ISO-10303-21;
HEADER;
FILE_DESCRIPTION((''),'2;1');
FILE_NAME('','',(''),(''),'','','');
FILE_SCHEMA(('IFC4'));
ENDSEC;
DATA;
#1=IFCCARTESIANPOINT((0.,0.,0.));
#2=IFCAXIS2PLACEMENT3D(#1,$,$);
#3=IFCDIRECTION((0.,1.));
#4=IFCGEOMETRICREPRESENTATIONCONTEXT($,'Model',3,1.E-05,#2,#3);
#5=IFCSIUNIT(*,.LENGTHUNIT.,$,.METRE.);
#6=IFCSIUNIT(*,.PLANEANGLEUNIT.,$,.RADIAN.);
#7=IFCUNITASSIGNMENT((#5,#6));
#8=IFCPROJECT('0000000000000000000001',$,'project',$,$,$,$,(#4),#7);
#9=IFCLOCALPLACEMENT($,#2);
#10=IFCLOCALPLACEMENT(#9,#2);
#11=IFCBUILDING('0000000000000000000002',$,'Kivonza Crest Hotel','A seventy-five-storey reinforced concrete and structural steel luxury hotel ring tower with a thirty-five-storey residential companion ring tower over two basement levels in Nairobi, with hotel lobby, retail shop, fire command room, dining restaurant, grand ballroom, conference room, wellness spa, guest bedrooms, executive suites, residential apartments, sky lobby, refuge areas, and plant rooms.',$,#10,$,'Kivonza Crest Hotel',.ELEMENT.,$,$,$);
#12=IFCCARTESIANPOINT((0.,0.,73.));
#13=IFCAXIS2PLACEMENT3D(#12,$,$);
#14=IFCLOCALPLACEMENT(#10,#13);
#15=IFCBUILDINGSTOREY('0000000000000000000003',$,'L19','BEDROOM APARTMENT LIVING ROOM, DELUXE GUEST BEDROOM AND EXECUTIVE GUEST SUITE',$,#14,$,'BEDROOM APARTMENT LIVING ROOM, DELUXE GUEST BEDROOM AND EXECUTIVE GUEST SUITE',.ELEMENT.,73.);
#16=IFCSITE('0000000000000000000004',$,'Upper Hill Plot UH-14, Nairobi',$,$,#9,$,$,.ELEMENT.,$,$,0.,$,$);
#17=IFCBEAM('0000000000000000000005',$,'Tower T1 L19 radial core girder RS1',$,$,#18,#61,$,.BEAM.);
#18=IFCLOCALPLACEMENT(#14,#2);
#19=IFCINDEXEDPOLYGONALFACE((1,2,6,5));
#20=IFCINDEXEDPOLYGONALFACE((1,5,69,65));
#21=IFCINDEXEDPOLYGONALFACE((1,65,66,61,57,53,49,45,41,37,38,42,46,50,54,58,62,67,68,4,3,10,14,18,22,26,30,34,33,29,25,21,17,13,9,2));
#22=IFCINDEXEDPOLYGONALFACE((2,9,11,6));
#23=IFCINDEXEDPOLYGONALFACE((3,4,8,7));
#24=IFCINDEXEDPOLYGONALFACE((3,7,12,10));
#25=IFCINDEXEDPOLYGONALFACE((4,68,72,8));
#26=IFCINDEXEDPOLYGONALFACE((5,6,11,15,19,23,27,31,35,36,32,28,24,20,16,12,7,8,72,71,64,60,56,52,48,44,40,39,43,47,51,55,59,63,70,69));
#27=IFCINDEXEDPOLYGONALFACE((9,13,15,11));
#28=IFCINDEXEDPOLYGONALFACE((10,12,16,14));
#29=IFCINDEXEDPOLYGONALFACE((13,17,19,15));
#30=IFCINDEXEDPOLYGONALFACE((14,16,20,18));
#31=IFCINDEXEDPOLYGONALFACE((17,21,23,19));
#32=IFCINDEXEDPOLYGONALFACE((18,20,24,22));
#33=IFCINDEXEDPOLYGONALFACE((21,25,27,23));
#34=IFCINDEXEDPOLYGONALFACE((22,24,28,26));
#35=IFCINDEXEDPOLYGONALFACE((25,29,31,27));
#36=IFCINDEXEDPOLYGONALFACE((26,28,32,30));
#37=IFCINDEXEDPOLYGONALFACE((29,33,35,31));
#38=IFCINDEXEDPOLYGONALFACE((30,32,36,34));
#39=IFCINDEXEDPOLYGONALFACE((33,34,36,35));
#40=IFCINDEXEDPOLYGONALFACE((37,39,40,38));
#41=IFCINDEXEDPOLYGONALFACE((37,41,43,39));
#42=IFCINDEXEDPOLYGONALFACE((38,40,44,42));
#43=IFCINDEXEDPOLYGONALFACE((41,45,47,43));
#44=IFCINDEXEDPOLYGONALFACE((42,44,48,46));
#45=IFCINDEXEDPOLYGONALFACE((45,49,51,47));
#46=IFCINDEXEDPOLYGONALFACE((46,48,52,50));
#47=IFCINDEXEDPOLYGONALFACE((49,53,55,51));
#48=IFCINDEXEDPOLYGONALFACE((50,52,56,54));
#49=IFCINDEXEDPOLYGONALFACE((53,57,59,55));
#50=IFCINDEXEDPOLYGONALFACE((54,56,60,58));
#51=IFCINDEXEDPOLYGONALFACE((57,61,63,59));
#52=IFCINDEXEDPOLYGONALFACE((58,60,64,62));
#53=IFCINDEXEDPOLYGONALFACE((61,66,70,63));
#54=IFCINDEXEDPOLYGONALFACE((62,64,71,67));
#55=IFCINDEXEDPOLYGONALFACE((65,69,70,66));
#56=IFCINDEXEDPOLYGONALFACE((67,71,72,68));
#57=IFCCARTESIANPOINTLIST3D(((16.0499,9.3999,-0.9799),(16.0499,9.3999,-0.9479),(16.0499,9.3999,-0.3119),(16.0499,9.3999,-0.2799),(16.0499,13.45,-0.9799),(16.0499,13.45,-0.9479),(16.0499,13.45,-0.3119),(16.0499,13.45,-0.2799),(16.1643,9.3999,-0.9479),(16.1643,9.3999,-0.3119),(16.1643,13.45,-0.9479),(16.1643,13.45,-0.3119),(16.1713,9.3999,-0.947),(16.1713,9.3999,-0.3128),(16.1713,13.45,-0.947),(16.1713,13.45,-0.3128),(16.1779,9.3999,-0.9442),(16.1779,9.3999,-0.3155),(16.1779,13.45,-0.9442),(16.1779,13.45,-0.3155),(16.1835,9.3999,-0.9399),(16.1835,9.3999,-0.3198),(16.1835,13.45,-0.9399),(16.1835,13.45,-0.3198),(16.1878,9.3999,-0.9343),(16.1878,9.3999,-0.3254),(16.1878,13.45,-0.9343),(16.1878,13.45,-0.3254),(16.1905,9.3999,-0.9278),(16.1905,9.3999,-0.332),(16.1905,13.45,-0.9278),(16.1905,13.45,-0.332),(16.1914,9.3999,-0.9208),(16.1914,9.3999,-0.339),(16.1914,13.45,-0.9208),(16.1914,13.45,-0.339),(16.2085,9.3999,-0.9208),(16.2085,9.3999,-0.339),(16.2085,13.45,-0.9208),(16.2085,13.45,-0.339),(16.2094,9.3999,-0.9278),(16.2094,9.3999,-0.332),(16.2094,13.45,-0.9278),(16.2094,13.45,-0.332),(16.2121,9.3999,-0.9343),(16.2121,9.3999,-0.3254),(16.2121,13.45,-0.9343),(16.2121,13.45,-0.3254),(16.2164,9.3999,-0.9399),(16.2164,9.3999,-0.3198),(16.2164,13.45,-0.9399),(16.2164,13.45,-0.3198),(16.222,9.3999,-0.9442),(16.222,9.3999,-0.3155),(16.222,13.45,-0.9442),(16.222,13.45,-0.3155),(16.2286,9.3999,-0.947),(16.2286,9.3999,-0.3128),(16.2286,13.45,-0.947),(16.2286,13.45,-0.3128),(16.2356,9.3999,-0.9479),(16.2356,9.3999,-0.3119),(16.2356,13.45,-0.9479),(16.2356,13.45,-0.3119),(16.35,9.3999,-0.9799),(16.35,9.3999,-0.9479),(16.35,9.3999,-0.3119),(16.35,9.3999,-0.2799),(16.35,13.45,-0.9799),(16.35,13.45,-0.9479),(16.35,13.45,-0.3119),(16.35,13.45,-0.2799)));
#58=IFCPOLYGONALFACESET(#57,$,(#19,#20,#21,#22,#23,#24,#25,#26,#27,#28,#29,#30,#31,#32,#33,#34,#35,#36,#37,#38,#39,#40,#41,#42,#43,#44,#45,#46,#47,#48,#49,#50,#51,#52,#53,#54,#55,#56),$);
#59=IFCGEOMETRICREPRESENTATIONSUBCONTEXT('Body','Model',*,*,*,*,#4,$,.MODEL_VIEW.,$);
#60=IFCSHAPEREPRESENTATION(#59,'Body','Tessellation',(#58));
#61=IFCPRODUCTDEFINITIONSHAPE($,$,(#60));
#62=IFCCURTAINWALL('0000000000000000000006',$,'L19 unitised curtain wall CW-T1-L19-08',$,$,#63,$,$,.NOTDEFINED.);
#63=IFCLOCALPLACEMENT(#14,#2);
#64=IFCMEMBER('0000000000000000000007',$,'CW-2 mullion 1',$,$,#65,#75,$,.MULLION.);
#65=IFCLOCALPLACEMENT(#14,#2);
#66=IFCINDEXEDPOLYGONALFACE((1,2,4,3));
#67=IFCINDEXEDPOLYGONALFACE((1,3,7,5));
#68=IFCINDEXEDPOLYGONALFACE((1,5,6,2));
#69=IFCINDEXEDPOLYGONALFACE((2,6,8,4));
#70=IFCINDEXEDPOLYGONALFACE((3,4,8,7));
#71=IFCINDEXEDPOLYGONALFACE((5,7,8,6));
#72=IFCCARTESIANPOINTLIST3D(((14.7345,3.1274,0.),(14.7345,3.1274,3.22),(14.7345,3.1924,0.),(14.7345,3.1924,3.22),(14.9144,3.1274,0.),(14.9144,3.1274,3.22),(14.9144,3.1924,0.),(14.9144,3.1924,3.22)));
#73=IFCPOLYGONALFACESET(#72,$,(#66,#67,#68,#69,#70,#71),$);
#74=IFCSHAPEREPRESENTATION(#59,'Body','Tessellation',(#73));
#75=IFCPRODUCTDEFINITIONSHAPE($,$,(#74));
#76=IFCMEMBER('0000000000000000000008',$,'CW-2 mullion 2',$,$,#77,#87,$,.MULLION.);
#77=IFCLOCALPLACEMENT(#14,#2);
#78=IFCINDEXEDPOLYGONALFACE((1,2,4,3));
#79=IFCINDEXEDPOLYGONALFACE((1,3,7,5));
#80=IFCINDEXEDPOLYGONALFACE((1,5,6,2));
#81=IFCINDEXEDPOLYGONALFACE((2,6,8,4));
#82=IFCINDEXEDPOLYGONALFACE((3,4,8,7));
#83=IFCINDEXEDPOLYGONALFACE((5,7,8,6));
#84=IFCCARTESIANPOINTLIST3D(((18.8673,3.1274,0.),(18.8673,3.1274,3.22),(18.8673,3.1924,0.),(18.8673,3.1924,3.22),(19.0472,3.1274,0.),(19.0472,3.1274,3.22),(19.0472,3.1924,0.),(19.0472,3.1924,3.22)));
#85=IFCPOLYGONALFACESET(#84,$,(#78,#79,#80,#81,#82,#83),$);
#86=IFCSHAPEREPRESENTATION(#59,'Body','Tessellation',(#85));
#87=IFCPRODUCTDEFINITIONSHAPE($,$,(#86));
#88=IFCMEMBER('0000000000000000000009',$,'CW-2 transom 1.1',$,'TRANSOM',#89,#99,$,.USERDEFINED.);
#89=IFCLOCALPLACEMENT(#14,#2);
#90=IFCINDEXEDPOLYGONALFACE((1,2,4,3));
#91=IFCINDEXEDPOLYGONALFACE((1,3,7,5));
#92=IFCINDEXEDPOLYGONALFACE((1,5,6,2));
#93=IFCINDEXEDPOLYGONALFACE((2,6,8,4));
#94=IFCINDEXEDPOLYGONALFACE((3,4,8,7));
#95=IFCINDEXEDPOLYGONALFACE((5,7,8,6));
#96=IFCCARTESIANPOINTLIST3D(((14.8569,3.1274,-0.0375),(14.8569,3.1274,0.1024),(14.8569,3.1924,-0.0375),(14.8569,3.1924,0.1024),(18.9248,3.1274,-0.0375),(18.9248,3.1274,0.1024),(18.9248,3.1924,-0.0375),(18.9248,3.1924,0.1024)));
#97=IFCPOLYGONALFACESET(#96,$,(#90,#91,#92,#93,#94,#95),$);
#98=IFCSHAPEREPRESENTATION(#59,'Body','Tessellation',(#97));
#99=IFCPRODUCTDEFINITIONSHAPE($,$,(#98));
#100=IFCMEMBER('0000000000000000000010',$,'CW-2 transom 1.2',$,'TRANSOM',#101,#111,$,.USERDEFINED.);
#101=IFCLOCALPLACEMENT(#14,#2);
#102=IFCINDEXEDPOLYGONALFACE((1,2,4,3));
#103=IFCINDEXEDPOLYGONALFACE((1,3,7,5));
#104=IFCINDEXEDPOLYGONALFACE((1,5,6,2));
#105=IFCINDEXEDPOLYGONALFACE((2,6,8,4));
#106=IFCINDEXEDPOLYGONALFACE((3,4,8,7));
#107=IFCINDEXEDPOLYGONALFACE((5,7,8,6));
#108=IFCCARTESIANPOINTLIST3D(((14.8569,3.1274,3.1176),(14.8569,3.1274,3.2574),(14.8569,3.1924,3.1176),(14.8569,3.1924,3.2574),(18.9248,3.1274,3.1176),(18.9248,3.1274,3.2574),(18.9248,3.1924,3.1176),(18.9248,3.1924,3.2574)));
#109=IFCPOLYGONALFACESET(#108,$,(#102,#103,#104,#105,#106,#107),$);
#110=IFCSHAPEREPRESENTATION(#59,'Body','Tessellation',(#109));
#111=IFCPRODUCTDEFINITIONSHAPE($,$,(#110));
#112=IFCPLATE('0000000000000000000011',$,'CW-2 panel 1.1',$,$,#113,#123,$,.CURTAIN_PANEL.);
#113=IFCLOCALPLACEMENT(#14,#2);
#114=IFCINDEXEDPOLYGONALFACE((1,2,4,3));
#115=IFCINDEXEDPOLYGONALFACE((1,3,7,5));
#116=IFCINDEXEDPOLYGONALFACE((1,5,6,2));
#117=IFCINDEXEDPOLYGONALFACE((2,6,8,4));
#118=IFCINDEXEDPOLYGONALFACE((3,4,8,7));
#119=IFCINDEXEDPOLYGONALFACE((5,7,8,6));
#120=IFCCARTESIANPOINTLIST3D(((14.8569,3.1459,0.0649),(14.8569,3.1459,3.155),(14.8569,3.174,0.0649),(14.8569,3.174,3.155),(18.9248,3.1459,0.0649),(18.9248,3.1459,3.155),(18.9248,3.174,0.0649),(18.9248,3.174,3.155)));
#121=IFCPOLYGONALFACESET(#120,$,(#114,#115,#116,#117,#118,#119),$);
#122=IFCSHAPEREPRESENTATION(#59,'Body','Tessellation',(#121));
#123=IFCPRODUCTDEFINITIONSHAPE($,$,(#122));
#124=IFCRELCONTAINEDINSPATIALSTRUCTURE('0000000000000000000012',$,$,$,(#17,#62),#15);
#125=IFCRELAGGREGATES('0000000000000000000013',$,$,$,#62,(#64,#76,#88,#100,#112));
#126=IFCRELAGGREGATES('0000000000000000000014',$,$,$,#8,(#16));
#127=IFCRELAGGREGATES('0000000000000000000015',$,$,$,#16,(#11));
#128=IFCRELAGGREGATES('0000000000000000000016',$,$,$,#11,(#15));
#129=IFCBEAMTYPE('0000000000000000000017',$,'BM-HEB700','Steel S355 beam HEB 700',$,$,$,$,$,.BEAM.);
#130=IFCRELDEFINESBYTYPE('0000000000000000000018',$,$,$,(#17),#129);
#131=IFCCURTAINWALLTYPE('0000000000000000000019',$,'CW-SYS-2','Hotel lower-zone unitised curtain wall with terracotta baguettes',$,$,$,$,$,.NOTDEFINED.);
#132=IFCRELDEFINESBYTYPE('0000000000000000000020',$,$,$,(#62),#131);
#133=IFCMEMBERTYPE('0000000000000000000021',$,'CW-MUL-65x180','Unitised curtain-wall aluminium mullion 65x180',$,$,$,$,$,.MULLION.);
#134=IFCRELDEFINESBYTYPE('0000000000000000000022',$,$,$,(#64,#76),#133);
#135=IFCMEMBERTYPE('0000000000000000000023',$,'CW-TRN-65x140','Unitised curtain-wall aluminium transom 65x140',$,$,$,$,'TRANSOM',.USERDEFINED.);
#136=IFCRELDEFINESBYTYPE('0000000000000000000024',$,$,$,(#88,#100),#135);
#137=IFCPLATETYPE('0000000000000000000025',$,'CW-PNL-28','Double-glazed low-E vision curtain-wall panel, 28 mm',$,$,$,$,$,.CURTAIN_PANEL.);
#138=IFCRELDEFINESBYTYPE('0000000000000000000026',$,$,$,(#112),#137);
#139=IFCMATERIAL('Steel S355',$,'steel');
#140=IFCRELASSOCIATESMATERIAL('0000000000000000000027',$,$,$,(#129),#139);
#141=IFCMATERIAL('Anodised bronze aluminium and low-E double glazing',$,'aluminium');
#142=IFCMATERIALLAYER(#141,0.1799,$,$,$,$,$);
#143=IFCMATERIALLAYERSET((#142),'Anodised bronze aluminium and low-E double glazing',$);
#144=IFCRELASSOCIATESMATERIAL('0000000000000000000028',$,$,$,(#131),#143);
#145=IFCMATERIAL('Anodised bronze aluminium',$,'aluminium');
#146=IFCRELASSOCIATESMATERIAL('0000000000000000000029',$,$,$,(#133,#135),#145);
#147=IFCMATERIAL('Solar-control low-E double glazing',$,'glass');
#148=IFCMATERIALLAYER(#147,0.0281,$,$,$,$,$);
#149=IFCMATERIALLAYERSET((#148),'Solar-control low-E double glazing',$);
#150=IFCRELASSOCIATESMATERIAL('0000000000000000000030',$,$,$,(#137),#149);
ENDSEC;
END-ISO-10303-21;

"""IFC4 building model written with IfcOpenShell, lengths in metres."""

from ifc_helpers import new_model, si_unit, direction, frame, origin, origin_2d, place, context, subcontext, project, spatial, rectangle, i_section, extrude, material, layer, layer_set, material_profile, profile_set, type_object, element, aggregate, save


model = new_model("IFC4")

# Units and contexts
model_context = context("Model", 3, precision=1e-05, world=origin(), true_north=direction((0.0, 1.0)))
body_context = subcontext(model_context, "Body", "Model", "MODEL_VIEW")
ifc_project = project(units=[si_unit("LENGTHUNIT", "METRE"), si_unit("PLANEANGLEUNIT", "RADIAN")], contexts=[model_context])

# Site, building, storey
site_placement = place(None, origin())
site = spatial("IfcSite", under=ifc_project, at=site_placement, Name="Upper Hill Plot UH-14, Nairobi", CompositionType="ELEMENT", RefElevation=0.0)
building_placement = place(site_placement, origin())
building = spatial("IfcBuilding", under=site, at=building_placement, Name="Kivonza Crest Hotel", Description="A seventy-five-storey reinforced concrete and structural steel luxury hotel ring tower with a thirty-five-storey residential companion ring tower over two basement levels in Nairobi, with hotel lobby, retail shop, fire command room, dining restaurant, grand ballroom, conference room, wellness spa, guest bedrooms, executive suites, residential apartments, sky lobby, refuge areas, and plant rooms.", LongName="Kivonza Crest Hotel", CompositionType="ELEMENT")
storey_placement = place(building_placement, frame((0.0, 0.0, 73.0)))
storey = spatial("IfcBuildingStorey", under=building, at=storey_placement, Name="L19", Description="BEDROOM APARTMENT LIVING ROOM, DELUXE GUEST BEDROOM AND EXECUTIVE GUEST SUITE", LongName="BEDROOM APARTMENT LIVING ROOM, DELUXE GUEST BEDROOM AND EXECUTIVE GUEST SUITE", CompositionType="ELEMENT", Elevation=73.0)

# Beam
ifc_material_1 = material(Name="Steel S355", Category="steel")
ifc_material_profile_1 = material_profile(ifc_material_1, i_section(OverallWidth=0.3, OverallDepth=0.7, WebThickness=0.0171, FlangeThickness=0.032, FilletRadius=0.0271, at=origin_2d()), Name="HEB 700")
ifc_profile_set_1 = profile_set([ifc_material_profile_1], Name="Steel S355")
beam_type_1 = type_object("IfcBeamType", Name="BM-HEB700", Description="Steel S355 beam HEB 700", PredefinedType="BEAM", material=ifc_profile_set_1)
beam_1_placement = place(storey_placement, frame((16.2, 9.3999, -0.6299), z_axis=(0.0, 1.0, 0.0), x_axis=(-1.0, 0.0, 0.0)))
element("IfcBeam", 1, at=beam_1_placement, inside=storey, type_object=beam_type_1, Name="Tower T1 L19 radial core girder RS1", PredefinedType="BEAM", context=body_context, shape_type="SweptSolid", body=[
    extrude(i_section(OverallWidth=0.3, OverallDepth=0.7, WebThickness=0.0171, FlangeThickness=0.032, FilletRadius=0.0271, at=origin_2d()), origin(), (0.0, 0.0, 1.0), 4.05),
])

# Curtain wall, members, plate
ifc_material_2 = material(Name="Anodised bronze aluminium and low-E double glazing", Category="aluminium")
ifc_layer_1 = layer(ifc_material_2, 0.1799)
ifc_layer_set_1 = layer_set([ifc_layer_1], Name="Anodised bronze aluminium and low-E double glazing")
curtain_wall_type = type_object("IfcCurtainWallType", Name="CW-SYS-2", Description="Hotel lower-zone unitised curtain wall with terracotta baguettes", PredefinedType="NOTDEFINED", material=ifc_layer_set_1)
curtain_wall_placement = place(storey_placement, origin())
curtain_wall = element("IfcCurtainWall", 2, at=curtain_wall_placement, inside=storey, type_object=curtain_wall_type, Name="L19 unitised curtain wall CW-T1-L19-08", PredefinedType="NOTDEFINED")
ifc_material_3 = material(Name="Anodised bronze aluminium", Category="aluminium")
ifc_material_profile_2 = material_profile(ifc_material_3, rectangle(XDim=0.0649, YDim=0.1799, at=origin_2d()), Name="CW-M 65x180")
ifc_profile_set_2 = profile_set([ifc_material_profile_2], Name="Anodised bronze aluminium")
member_type_1 = type_object("IfcMemberType", Name="CW-MUL-65x180", Description="Unitised curtain-wall aluminium mullion 65x180", PredefinedType="MULLION", material=ifc_profile_set_2)
member_1_placement = place(storey_placement, frame((14.8245, 3.1599, 0.0), z_axis=(0.0, 0.0, 1.0), x_axis=(0.0, 1.0, 0.0)))
member_1 = element("IfcMember", 3, at=member_1_placement, type_object=member_type_1, Name="CW-2 mullion 1", PredefinedType="MULLION", context=body_context, shape_type="SweptSolid", body=[
    extrude(rectangle(XDim=0.0649, YDim=0.1799, at=origin_2d()), origin(), (0.0, 0.0, 1.0), 3.22),
])
member_2_placement = place(storey_placement, frame((18.9573, 3.1599, 0.0), z_axis=(0.0, 0.0, 1.0), x_axis=(0.0, 1.0, 0.0)))
member_2 = element("IfcMember", 4, at=member_2_placement, type_object=member_type_1, Name="CW-2 mullion 2", PredefinedType="MULLION", context=body_context, shape_type="SweptSolid", body=[
    extrude(rectangle(XDim=0.0649, YDim=0.1799, at=origin_2d()), origin(), (0.0, 0.0, 1.0), 3.22),
])
ifc_material_profile_3 = material_profile(ifc_material_3, rectangle(XDim=0.0649, YDim=0.1399, at=origin_2d()), Name="CW-T 65x140")
ifc_profile_set_3 = profile_set([ifc_material_profile_3], Name="Anodised bronze aluminium")
member_type_2 = type_object("IfcMemberType", Name="CW-TRN-65x140", Description="Unitised curtain-wall aluminium transom 65x140", ElementType="TRANSOM", PredefinedType="USERDEFINED", material=ifc_profile_set_3)
member_3_placement = place(storey_placement, frame((14.8569, 3.1599, 0.0325), z_axis=(1.0, 0.0, 0.0), x_axis=(0.0, 1.0, 0.0)))
member_3 = element("IfcMember", 5, at=member_3_placement, type_object=member_type_2, Name="CW-2 transom 1.1", ObjectType="TRANSOM", PredefinedType="USERDEFINED", context=body_context, shape_type="SweptSolid", body=[
    extrude(rectangle(XDim=0.0649, YDim=0.1399, at=origin_2d()), origin(), (0.0, 0.0, 1.0), 4.0679),
])
member_4_placement = place(storey_placement, frame((14.8569, 3.1599, 3.1875), z_axis=(1.0, 0.0, 0.0), x_axis=(0.0, 1.0, 0.0)))
member_4 = element("IfcMember", 6, at=member_4_placement, type_object=member_type_2, Name="CW-2 transom 1.2", ObjectType="TRANSOM", PredefinedType="USERDEFINED", context=body_context, shape_type="SweptSolid", body=[
    extrude(rectangle(XDim=0.0649, YDim=0.1399, at=origin_2d()), origin(), (0.0, 0.0, 1.0), 4.0679),
])
ifc_material_4 = material(Name="Solar-control low-E double glazing", Category="glass")
ifc_layer_2 = layer(ifc_material_4, 0.0281)
ifc_layer_set_2 = layer_set([ifc_layer_2], Name="Solar-control low-E double glazing")
plate_type = type_object("IfcPlateType", Name="CW-PNL-28", Description="Double-glazed low-E vision curtain-wall panel, 28 mm", PredefinedType="CURTAIN_PANEL", material=ifc_layer_set_2)
plate_placement = place(storey_placement, frame((16.8909, 3.1599, 0.0649), z_axis=(0.0, 0.0, 1.0), x_axis=(1.0, 0.0, 0.0)))
plate = element("IfcPlate", 7, at=plate_placement, type_object=plate_type, Name="CW-2 panel 1.1", PredefinedType="CURTAIN_PANEL", context=body_context, shape_type="SweptSolid", body=[
    extrude(rectangle(XDim=4.0679, YDim=0.0281, at=origin_2d()), origin(), (0.0, 0.0, 1.0), 3.0901),
])
aggregate(curtain_wall, [member_1, member_2, member_3, member_4, plate])

save(model, "model.ifc")
